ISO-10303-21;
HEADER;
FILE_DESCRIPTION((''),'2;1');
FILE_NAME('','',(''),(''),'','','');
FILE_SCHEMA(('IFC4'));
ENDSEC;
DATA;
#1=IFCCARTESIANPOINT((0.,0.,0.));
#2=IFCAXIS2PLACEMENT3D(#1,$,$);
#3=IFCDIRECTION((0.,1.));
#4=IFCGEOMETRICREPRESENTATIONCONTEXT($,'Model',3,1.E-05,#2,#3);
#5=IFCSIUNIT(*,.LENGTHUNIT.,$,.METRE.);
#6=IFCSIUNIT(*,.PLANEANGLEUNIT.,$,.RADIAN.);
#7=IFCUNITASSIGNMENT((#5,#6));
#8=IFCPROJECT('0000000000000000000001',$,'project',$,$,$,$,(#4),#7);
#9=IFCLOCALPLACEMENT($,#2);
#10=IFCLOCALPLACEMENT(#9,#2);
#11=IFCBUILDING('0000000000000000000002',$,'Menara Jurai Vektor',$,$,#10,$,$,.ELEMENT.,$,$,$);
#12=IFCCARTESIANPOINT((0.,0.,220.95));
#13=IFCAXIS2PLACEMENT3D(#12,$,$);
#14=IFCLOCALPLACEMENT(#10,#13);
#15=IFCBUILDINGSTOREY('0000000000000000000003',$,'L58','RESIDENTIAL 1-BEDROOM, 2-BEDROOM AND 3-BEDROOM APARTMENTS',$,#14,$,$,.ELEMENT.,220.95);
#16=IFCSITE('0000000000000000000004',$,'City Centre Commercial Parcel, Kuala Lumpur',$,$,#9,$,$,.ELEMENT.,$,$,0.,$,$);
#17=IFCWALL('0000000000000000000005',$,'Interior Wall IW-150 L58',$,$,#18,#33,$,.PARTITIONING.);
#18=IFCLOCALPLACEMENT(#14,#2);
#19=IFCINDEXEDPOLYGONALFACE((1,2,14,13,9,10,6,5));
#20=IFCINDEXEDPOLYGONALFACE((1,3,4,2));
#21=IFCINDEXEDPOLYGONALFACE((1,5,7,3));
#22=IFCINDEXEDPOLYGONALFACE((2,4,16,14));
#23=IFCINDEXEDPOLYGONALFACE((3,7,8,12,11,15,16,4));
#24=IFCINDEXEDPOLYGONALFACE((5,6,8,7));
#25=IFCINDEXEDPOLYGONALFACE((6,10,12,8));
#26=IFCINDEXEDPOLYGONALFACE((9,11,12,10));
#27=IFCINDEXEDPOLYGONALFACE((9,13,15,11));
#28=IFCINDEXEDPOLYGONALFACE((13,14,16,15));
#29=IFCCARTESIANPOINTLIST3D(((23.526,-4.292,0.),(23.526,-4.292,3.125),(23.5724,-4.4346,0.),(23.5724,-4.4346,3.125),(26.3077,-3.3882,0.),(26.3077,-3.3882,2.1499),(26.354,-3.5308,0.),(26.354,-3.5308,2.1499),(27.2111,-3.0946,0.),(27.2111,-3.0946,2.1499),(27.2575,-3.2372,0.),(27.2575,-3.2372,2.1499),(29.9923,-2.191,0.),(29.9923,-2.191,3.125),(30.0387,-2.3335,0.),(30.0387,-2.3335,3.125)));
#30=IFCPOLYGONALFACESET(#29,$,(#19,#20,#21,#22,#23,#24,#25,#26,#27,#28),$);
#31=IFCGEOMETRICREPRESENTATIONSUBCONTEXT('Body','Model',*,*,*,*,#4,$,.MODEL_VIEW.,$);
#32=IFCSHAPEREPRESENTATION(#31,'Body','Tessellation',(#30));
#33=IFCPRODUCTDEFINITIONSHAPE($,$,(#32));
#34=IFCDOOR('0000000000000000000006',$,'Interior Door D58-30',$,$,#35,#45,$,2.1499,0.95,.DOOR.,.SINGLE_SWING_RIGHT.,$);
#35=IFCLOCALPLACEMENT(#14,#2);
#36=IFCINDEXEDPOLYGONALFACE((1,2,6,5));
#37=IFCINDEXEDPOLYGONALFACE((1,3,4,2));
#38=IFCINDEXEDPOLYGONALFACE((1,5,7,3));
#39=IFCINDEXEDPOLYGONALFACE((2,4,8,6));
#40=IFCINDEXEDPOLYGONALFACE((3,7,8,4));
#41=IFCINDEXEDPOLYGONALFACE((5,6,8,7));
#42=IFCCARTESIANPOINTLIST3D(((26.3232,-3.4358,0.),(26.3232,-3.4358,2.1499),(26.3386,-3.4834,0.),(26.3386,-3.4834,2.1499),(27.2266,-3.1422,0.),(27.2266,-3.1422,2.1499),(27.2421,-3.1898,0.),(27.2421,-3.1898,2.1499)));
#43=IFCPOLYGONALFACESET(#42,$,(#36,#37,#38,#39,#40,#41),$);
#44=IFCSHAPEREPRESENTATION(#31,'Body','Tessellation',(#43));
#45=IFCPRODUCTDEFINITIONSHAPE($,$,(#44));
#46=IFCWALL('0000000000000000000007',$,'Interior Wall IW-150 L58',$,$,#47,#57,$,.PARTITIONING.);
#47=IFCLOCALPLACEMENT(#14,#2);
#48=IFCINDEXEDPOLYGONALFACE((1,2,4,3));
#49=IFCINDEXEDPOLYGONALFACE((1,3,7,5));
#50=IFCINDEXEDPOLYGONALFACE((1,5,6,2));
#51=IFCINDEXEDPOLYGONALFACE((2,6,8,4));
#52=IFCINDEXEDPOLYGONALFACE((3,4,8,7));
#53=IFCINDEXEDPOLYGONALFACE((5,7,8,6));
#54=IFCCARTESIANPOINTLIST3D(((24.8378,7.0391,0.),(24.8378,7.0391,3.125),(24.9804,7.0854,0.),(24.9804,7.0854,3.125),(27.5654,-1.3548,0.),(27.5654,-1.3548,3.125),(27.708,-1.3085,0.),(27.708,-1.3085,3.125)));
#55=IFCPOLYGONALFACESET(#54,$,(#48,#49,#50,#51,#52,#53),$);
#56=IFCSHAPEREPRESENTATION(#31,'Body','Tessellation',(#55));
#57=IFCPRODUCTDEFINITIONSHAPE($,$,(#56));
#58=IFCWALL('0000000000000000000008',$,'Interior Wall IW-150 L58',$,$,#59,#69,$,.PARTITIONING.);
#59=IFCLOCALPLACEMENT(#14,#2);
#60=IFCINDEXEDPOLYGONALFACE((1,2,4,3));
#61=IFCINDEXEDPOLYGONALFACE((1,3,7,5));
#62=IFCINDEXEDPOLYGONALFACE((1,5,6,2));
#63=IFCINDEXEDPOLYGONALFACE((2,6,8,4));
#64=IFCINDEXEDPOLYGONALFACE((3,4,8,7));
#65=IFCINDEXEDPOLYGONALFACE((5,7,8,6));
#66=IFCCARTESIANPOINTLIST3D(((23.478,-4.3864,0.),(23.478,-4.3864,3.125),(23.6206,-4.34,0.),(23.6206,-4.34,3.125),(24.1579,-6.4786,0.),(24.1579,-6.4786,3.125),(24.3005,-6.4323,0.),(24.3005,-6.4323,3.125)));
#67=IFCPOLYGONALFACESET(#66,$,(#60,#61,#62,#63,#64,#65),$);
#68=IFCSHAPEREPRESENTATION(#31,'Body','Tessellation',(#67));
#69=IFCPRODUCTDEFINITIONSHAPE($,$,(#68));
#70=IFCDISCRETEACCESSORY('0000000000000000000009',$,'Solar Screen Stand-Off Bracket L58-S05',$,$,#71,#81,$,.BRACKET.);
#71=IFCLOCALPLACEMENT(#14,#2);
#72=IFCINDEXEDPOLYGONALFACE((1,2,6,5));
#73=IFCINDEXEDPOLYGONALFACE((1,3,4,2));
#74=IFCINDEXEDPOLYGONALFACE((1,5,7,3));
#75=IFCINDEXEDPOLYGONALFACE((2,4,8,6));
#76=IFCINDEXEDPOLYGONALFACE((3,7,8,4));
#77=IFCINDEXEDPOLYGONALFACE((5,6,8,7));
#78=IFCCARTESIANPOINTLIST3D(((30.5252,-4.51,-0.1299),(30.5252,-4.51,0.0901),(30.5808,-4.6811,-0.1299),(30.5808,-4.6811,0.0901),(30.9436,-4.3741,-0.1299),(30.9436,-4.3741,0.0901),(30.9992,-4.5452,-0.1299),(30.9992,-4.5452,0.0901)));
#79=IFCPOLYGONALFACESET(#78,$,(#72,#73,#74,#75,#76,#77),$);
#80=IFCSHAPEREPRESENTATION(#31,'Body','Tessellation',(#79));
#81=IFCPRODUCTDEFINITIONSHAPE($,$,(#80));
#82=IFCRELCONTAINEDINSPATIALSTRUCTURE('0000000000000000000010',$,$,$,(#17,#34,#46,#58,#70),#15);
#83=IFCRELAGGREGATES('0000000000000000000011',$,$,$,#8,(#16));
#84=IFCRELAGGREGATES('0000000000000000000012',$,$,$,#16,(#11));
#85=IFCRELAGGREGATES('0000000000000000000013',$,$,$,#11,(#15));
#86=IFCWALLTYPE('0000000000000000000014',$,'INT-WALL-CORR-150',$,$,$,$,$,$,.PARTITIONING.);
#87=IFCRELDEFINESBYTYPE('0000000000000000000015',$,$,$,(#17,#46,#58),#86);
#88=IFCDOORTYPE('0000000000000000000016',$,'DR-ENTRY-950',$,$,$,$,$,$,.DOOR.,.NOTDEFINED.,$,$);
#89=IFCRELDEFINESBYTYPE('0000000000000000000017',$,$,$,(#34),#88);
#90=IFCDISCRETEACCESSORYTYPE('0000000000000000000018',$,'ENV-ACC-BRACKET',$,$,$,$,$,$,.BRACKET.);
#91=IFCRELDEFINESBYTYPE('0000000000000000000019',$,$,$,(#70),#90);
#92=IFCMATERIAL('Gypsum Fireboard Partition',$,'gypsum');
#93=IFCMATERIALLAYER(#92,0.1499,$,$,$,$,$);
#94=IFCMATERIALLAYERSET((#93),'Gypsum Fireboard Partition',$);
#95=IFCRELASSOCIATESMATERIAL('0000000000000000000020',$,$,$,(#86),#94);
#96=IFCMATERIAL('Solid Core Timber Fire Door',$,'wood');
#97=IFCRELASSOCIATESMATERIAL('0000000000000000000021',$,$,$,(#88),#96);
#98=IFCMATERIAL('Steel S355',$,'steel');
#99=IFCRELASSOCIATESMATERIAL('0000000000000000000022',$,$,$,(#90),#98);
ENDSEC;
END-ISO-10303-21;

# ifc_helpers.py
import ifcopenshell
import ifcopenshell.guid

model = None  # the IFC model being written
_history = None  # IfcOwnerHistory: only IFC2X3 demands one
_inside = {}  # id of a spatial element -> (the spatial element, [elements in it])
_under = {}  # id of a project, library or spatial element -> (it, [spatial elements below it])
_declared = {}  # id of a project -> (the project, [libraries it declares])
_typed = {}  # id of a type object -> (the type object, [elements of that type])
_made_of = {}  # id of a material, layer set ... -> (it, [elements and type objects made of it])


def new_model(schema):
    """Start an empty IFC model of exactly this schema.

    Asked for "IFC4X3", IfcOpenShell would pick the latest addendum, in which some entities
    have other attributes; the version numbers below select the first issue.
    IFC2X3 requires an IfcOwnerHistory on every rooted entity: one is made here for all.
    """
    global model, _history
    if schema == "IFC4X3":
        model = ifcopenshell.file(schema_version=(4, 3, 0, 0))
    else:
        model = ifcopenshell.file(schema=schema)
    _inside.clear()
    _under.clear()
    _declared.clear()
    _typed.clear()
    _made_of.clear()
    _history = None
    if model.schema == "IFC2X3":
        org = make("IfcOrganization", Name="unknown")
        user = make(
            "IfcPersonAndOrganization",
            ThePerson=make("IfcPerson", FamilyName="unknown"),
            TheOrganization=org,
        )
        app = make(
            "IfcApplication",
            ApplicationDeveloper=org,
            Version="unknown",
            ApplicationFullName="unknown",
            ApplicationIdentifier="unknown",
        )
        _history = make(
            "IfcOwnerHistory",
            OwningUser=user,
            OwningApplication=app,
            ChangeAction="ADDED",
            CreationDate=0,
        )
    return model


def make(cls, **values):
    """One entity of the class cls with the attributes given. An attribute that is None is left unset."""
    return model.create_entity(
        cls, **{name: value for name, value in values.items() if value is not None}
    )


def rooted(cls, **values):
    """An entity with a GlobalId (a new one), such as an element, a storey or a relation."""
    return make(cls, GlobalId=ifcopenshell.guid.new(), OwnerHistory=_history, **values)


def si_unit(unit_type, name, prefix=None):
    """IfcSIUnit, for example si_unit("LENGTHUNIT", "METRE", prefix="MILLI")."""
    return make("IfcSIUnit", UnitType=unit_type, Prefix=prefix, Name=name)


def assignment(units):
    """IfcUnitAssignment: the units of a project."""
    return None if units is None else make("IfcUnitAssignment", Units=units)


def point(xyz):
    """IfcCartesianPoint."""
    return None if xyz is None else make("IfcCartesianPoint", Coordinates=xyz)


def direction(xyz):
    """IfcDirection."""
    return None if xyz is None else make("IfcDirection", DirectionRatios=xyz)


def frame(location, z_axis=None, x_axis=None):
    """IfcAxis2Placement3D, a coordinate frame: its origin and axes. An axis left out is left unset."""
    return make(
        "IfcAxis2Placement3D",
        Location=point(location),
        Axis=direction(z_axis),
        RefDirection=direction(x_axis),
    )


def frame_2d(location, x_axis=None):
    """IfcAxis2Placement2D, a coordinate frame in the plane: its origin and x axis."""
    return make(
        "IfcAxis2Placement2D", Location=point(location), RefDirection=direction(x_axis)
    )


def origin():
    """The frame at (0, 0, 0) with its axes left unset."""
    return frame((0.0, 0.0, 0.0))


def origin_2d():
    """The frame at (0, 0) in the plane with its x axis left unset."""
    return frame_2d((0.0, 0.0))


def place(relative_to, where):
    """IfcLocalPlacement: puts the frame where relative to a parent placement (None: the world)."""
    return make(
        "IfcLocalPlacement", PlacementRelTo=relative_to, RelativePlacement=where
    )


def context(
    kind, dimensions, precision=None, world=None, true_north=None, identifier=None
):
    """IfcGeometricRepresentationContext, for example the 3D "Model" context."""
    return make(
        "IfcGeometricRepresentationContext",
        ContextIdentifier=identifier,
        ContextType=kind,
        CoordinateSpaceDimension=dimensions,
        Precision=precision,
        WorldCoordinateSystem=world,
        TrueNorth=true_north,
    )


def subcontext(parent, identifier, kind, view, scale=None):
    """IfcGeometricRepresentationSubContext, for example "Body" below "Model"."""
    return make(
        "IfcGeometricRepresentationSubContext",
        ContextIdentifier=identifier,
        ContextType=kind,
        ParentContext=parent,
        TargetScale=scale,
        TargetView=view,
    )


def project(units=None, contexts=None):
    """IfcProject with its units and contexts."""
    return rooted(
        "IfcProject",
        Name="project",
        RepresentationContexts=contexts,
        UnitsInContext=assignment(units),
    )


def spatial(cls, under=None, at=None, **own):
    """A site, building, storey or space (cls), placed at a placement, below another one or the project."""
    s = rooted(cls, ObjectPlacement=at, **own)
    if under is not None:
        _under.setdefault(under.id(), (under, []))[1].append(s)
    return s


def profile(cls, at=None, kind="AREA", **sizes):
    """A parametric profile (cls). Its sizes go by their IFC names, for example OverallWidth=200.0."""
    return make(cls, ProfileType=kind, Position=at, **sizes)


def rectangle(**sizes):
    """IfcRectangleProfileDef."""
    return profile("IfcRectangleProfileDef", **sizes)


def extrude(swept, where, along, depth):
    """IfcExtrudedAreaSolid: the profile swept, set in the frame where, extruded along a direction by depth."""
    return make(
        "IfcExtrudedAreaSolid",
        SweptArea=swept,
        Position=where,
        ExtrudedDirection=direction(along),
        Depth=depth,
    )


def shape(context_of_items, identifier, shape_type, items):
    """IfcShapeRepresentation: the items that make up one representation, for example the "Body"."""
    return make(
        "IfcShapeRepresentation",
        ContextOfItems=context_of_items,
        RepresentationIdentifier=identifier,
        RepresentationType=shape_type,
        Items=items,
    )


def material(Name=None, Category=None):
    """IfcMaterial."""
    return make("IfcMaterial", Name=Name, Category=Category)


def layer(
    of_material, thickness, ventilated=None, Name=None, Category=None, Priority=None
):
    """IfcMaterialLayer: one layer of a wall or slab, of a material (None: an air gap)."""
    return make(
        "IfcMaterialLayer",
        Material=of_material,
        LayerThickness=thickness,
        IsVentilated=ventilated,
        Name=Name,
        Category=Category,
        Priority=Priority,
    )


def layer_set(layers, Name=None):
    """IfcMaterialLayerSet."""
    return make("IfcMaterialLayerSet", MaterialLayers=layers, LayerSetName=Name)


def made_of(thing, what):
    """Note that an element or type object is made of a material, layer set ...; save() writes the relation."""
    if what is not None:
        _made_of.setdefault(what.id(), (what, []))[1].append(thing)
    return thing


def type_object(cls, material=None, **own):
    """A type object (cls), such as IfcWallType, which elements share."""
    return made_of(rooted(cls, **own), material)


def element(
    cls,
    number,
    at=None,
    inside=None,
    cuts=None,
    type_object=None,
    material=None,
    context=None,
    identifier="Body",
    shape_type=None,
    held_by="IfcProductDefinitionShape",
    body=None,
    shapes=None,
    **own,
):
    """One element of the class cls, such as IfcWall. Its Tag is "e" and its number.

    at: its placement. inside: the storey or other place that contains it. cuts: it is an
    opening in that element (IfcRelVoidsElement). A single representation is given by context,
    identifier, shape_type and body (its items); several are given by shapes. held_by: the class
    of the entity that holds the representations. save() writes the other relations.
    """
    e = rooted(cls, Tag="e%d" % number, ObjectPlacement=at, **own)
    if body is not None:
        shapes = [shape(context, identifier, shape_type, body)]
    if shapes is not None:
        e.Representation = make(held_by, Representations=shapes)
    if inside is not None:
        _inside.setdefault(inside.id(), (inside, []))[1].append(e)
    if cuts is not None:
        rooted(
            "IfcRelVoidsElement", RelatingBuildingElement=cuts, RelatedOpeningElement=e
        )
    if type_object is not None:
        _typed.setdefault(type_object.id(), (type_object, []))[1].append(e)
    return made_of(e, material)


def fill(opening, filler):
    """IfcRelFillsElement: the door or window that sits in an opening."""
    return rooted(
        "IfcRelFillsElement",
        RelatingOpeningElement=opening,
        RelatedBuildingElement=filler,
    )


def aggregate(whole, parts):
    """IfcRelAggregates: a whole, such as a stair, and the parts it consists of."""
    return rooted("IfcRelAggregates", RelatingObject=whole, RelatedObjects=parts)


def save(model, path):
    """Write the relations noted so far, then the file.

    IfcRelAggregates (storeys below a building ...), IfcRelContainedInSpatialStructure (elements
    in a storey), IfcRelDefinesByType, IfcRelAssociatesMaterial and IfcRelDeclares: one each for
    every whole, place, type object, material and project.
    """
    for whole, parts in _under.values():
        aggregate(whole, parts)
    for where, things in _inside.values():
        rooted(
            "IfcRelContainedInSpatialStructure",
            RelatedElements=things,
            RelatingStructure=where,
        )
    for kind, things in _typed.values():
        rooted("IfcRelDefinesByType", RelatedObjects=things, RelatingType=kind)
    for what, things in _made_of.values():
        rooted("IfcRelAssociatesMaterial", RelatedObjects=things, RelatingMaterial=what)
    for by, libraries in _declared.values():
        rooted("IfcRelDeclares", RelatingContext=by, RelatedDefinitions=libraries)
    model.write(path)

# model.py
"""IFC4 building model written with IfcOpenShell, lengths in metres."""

from ifc_helpers import new_model, si_unit, direction, frame, frame_2d, origin, origin_2d, place, context, subcontext, project, spatial, rectangle, extrude, material, layer, layer_set, type_object, element, fill, save


model = new_model("IFC4")

# Units and contexts
model_context = context("Model", 3, precision=1e-05, world=origin(), true_north=direction((0.0, 1.0)))
body_context = subcontext(model_context, "Body", "Model", "MODEL_VIEW")
ifc_project = project(units=[si_unit("LENGTHUNIT", "METRE"), si_unit("PLANEANGLEUNIT", "RADIAN")], contexts=[model_context])

# Site, building, storey
site_placement = place(None, origin())
site = spatial("IfcSite", under=ifc_project, at=site_placement, Name="City Centre Commercial Parcel, Kuala Lumpur", CompositionType="ELEMENT", RefElevation=0.0)
building_placement = place(site_placement, origin())
building = spatial("IfcBuilding", under=site, at=building_placement, Name="Menara Jurai Vektor", CompositionType="ELEMENT")
storey_placement = place(building_placement, frame((0.0, 0.0, 220.95)))
storey = spatial("IfcBuildingStorey", under=building, at=storey_placement, Name="L58", Description="RESIDENTIAL 1-BEDROOM, 2-BEDROOM AND 3-BEDROOM APARTMENTS", CompositionType="ELEMENT", Elevation=220.95)

# Shared definitions
ifc_material_1 = material(Name="Steel S355", Category="steel")

# Wall, opening, door
ifc_material_2 = material(Name="Gypsum Fireboard Partition", Category="gypsum")
ifc_layer_1 = layer(ifc_material_2, 0.1499)
ifc_layer_set_1 = layer_set([ifc_layer_1], Name="Gypsum Fireboard Partition")
wall_type = type_object("IfcWallType", Name="INT-WALL-CORR-150", PredefinedType="PARTITIONING", material=ifc_layer_set_1)
wall_1_placement = place(storey_placement, frame((23.5493, -4.3633, 0.0), z_axis=(0.0, 0.0, 1.0), x_axis=(0.951055, 0.309023, 0.0)))
wall_1 = element("IfcWall", 1, at=wall_1_placement, inside=storey, type_object=wall_type, Name="Interior Wall IW-150 L58", PredefinedType="PARTITIONING", context=body_context, shape_type="SweptSolid", body=[
    extrude(rectangle(XDim=6.7991, YDim=0.1499, at=frame_2d((3.3994, 0.0))), origin(), (0.0, 0.0, 1.0), 3.125),
])
opening_placement = place(wall_1_placement, frame((2.9246, 0.0, 0.0)))
opening = element("IfcOpeningElement", 2, at=opening_placement, cuts=wall_1, PredefinedType="OPENING", context=body_context, shape_type="SweptSolid", body=[
    extrude(rectangle(XDim=0.95, YDim=2.1499, at=frame_2d((0.4751, 1.075))), frame((0.0, 0.085, 0.0), z_axis=(0.0, -1.0, 0.0), x_axis=(1.0, 0.0, 0.0)), (0.0, 0.0, 1.0), 0.1699),
])
ifc_material_3 = material(Name="Solid Core Timber Fire Door", Category="wood")
door_type = type_object("IfcDoorType", Name="DR-ENTRY-950", OperationType="NOTDEFINED", PredefinedType="DOOR", material=ifc_material_3)
door_placement = place(opening_placement, origin())
door = element("IfcDoor", 3, at=door_placement, inside=storey, type_object=door_type, Name="Interior Door D58-30", OperationType="SINGLE_SWING_RIGHT", OverallHeight=2.1499, OverallWidth=0.95, PredefinedType="DOOR", context=body_context, shape_type="SweptSolid", body=[
    extrude(rectangle(XDim=0.95, YDim=2.1499, at=frame_2d((0.4751, 1.075))), frame((0.0, 0.0249, 0.0), z_axis=(0.0, -1.0, 0.0), x_axis=(1.0, 0.0, 0.0)), (0.0, 0.0, 1.0), 0.05),
])
fill(opening, door)

# Walls
wall_2_placement = place(storey_placement, frame((27.6367, -1.3318, 0.0), z_axis=(0.0, 0.0, 1.0), x_axis=(-0.30904, 0.951049, 0.0)))
element("IfcWall", 4, at=wall_2_placement, inside=storey, type_object=wall_type, Name="Interior Wall IW-150 L58", PredefinedType="PARTITIONING", context=body_context, shape_type="SweptSolid", body=[
    extrude(rectangle(XDim=8.8259, YDim=0.1499, at=frame_2d((4.4131, 0.0))), origin(), (0.0, 0.0, 1.0), 3.125),
])
wall_3_placement = place(storey_placement, frame((24.2292, -6.4556, 0.0), z_axis=(0.0, 0.0, 1.0), x_axis=(-0.309061, 0.951042, 0.0)))
element("IfcWall", 5, at=wall_3_placement, inside=storey, type_object=wall_type, Name="Interior Wall IW-150 L58", PredefinedType="PARTITIONING", context=body_context, shape_type="SweptSolid", body=[
    extrude(rectangle(XDim=2.2, YDim=0.1499, at=frame_2d((1.1001, 0.0))), origin(), (0.0, 0.0, 1.0), 3.125),
])

# Discrete accessory
discrete_accessory_type = type_object("IfcDiscreteAccessoryType", Name="ENV-ACC-BRACKET", PredefinedType="BRACKET", material=ifc_material_1)
discrete_accessory_placement = place(storey_placement, frame((30.7622, -4.5276, -0.1299), z_axis=(0.0, 0.0, 1.0), x_axis=(-0.309017, 0.951057, 0.0)))
element("IfcDiscreteAccessory", 6, at=discrete_accessory_placement, inside=storey, type_object=discrete_accessory_type, Name="Solar Screen Stand-Off Bracket L58-S05", PredefinedType="BRACKET", context=body_context, shape_type="SweptSolid", body=[
    extrude(rectangle(XDim=0.1799, YDim=0.4399, at=origin_2d()), origin(), (0.0, 0.0, 1.0), 0.22),
])

save(model, "model.ifc")
